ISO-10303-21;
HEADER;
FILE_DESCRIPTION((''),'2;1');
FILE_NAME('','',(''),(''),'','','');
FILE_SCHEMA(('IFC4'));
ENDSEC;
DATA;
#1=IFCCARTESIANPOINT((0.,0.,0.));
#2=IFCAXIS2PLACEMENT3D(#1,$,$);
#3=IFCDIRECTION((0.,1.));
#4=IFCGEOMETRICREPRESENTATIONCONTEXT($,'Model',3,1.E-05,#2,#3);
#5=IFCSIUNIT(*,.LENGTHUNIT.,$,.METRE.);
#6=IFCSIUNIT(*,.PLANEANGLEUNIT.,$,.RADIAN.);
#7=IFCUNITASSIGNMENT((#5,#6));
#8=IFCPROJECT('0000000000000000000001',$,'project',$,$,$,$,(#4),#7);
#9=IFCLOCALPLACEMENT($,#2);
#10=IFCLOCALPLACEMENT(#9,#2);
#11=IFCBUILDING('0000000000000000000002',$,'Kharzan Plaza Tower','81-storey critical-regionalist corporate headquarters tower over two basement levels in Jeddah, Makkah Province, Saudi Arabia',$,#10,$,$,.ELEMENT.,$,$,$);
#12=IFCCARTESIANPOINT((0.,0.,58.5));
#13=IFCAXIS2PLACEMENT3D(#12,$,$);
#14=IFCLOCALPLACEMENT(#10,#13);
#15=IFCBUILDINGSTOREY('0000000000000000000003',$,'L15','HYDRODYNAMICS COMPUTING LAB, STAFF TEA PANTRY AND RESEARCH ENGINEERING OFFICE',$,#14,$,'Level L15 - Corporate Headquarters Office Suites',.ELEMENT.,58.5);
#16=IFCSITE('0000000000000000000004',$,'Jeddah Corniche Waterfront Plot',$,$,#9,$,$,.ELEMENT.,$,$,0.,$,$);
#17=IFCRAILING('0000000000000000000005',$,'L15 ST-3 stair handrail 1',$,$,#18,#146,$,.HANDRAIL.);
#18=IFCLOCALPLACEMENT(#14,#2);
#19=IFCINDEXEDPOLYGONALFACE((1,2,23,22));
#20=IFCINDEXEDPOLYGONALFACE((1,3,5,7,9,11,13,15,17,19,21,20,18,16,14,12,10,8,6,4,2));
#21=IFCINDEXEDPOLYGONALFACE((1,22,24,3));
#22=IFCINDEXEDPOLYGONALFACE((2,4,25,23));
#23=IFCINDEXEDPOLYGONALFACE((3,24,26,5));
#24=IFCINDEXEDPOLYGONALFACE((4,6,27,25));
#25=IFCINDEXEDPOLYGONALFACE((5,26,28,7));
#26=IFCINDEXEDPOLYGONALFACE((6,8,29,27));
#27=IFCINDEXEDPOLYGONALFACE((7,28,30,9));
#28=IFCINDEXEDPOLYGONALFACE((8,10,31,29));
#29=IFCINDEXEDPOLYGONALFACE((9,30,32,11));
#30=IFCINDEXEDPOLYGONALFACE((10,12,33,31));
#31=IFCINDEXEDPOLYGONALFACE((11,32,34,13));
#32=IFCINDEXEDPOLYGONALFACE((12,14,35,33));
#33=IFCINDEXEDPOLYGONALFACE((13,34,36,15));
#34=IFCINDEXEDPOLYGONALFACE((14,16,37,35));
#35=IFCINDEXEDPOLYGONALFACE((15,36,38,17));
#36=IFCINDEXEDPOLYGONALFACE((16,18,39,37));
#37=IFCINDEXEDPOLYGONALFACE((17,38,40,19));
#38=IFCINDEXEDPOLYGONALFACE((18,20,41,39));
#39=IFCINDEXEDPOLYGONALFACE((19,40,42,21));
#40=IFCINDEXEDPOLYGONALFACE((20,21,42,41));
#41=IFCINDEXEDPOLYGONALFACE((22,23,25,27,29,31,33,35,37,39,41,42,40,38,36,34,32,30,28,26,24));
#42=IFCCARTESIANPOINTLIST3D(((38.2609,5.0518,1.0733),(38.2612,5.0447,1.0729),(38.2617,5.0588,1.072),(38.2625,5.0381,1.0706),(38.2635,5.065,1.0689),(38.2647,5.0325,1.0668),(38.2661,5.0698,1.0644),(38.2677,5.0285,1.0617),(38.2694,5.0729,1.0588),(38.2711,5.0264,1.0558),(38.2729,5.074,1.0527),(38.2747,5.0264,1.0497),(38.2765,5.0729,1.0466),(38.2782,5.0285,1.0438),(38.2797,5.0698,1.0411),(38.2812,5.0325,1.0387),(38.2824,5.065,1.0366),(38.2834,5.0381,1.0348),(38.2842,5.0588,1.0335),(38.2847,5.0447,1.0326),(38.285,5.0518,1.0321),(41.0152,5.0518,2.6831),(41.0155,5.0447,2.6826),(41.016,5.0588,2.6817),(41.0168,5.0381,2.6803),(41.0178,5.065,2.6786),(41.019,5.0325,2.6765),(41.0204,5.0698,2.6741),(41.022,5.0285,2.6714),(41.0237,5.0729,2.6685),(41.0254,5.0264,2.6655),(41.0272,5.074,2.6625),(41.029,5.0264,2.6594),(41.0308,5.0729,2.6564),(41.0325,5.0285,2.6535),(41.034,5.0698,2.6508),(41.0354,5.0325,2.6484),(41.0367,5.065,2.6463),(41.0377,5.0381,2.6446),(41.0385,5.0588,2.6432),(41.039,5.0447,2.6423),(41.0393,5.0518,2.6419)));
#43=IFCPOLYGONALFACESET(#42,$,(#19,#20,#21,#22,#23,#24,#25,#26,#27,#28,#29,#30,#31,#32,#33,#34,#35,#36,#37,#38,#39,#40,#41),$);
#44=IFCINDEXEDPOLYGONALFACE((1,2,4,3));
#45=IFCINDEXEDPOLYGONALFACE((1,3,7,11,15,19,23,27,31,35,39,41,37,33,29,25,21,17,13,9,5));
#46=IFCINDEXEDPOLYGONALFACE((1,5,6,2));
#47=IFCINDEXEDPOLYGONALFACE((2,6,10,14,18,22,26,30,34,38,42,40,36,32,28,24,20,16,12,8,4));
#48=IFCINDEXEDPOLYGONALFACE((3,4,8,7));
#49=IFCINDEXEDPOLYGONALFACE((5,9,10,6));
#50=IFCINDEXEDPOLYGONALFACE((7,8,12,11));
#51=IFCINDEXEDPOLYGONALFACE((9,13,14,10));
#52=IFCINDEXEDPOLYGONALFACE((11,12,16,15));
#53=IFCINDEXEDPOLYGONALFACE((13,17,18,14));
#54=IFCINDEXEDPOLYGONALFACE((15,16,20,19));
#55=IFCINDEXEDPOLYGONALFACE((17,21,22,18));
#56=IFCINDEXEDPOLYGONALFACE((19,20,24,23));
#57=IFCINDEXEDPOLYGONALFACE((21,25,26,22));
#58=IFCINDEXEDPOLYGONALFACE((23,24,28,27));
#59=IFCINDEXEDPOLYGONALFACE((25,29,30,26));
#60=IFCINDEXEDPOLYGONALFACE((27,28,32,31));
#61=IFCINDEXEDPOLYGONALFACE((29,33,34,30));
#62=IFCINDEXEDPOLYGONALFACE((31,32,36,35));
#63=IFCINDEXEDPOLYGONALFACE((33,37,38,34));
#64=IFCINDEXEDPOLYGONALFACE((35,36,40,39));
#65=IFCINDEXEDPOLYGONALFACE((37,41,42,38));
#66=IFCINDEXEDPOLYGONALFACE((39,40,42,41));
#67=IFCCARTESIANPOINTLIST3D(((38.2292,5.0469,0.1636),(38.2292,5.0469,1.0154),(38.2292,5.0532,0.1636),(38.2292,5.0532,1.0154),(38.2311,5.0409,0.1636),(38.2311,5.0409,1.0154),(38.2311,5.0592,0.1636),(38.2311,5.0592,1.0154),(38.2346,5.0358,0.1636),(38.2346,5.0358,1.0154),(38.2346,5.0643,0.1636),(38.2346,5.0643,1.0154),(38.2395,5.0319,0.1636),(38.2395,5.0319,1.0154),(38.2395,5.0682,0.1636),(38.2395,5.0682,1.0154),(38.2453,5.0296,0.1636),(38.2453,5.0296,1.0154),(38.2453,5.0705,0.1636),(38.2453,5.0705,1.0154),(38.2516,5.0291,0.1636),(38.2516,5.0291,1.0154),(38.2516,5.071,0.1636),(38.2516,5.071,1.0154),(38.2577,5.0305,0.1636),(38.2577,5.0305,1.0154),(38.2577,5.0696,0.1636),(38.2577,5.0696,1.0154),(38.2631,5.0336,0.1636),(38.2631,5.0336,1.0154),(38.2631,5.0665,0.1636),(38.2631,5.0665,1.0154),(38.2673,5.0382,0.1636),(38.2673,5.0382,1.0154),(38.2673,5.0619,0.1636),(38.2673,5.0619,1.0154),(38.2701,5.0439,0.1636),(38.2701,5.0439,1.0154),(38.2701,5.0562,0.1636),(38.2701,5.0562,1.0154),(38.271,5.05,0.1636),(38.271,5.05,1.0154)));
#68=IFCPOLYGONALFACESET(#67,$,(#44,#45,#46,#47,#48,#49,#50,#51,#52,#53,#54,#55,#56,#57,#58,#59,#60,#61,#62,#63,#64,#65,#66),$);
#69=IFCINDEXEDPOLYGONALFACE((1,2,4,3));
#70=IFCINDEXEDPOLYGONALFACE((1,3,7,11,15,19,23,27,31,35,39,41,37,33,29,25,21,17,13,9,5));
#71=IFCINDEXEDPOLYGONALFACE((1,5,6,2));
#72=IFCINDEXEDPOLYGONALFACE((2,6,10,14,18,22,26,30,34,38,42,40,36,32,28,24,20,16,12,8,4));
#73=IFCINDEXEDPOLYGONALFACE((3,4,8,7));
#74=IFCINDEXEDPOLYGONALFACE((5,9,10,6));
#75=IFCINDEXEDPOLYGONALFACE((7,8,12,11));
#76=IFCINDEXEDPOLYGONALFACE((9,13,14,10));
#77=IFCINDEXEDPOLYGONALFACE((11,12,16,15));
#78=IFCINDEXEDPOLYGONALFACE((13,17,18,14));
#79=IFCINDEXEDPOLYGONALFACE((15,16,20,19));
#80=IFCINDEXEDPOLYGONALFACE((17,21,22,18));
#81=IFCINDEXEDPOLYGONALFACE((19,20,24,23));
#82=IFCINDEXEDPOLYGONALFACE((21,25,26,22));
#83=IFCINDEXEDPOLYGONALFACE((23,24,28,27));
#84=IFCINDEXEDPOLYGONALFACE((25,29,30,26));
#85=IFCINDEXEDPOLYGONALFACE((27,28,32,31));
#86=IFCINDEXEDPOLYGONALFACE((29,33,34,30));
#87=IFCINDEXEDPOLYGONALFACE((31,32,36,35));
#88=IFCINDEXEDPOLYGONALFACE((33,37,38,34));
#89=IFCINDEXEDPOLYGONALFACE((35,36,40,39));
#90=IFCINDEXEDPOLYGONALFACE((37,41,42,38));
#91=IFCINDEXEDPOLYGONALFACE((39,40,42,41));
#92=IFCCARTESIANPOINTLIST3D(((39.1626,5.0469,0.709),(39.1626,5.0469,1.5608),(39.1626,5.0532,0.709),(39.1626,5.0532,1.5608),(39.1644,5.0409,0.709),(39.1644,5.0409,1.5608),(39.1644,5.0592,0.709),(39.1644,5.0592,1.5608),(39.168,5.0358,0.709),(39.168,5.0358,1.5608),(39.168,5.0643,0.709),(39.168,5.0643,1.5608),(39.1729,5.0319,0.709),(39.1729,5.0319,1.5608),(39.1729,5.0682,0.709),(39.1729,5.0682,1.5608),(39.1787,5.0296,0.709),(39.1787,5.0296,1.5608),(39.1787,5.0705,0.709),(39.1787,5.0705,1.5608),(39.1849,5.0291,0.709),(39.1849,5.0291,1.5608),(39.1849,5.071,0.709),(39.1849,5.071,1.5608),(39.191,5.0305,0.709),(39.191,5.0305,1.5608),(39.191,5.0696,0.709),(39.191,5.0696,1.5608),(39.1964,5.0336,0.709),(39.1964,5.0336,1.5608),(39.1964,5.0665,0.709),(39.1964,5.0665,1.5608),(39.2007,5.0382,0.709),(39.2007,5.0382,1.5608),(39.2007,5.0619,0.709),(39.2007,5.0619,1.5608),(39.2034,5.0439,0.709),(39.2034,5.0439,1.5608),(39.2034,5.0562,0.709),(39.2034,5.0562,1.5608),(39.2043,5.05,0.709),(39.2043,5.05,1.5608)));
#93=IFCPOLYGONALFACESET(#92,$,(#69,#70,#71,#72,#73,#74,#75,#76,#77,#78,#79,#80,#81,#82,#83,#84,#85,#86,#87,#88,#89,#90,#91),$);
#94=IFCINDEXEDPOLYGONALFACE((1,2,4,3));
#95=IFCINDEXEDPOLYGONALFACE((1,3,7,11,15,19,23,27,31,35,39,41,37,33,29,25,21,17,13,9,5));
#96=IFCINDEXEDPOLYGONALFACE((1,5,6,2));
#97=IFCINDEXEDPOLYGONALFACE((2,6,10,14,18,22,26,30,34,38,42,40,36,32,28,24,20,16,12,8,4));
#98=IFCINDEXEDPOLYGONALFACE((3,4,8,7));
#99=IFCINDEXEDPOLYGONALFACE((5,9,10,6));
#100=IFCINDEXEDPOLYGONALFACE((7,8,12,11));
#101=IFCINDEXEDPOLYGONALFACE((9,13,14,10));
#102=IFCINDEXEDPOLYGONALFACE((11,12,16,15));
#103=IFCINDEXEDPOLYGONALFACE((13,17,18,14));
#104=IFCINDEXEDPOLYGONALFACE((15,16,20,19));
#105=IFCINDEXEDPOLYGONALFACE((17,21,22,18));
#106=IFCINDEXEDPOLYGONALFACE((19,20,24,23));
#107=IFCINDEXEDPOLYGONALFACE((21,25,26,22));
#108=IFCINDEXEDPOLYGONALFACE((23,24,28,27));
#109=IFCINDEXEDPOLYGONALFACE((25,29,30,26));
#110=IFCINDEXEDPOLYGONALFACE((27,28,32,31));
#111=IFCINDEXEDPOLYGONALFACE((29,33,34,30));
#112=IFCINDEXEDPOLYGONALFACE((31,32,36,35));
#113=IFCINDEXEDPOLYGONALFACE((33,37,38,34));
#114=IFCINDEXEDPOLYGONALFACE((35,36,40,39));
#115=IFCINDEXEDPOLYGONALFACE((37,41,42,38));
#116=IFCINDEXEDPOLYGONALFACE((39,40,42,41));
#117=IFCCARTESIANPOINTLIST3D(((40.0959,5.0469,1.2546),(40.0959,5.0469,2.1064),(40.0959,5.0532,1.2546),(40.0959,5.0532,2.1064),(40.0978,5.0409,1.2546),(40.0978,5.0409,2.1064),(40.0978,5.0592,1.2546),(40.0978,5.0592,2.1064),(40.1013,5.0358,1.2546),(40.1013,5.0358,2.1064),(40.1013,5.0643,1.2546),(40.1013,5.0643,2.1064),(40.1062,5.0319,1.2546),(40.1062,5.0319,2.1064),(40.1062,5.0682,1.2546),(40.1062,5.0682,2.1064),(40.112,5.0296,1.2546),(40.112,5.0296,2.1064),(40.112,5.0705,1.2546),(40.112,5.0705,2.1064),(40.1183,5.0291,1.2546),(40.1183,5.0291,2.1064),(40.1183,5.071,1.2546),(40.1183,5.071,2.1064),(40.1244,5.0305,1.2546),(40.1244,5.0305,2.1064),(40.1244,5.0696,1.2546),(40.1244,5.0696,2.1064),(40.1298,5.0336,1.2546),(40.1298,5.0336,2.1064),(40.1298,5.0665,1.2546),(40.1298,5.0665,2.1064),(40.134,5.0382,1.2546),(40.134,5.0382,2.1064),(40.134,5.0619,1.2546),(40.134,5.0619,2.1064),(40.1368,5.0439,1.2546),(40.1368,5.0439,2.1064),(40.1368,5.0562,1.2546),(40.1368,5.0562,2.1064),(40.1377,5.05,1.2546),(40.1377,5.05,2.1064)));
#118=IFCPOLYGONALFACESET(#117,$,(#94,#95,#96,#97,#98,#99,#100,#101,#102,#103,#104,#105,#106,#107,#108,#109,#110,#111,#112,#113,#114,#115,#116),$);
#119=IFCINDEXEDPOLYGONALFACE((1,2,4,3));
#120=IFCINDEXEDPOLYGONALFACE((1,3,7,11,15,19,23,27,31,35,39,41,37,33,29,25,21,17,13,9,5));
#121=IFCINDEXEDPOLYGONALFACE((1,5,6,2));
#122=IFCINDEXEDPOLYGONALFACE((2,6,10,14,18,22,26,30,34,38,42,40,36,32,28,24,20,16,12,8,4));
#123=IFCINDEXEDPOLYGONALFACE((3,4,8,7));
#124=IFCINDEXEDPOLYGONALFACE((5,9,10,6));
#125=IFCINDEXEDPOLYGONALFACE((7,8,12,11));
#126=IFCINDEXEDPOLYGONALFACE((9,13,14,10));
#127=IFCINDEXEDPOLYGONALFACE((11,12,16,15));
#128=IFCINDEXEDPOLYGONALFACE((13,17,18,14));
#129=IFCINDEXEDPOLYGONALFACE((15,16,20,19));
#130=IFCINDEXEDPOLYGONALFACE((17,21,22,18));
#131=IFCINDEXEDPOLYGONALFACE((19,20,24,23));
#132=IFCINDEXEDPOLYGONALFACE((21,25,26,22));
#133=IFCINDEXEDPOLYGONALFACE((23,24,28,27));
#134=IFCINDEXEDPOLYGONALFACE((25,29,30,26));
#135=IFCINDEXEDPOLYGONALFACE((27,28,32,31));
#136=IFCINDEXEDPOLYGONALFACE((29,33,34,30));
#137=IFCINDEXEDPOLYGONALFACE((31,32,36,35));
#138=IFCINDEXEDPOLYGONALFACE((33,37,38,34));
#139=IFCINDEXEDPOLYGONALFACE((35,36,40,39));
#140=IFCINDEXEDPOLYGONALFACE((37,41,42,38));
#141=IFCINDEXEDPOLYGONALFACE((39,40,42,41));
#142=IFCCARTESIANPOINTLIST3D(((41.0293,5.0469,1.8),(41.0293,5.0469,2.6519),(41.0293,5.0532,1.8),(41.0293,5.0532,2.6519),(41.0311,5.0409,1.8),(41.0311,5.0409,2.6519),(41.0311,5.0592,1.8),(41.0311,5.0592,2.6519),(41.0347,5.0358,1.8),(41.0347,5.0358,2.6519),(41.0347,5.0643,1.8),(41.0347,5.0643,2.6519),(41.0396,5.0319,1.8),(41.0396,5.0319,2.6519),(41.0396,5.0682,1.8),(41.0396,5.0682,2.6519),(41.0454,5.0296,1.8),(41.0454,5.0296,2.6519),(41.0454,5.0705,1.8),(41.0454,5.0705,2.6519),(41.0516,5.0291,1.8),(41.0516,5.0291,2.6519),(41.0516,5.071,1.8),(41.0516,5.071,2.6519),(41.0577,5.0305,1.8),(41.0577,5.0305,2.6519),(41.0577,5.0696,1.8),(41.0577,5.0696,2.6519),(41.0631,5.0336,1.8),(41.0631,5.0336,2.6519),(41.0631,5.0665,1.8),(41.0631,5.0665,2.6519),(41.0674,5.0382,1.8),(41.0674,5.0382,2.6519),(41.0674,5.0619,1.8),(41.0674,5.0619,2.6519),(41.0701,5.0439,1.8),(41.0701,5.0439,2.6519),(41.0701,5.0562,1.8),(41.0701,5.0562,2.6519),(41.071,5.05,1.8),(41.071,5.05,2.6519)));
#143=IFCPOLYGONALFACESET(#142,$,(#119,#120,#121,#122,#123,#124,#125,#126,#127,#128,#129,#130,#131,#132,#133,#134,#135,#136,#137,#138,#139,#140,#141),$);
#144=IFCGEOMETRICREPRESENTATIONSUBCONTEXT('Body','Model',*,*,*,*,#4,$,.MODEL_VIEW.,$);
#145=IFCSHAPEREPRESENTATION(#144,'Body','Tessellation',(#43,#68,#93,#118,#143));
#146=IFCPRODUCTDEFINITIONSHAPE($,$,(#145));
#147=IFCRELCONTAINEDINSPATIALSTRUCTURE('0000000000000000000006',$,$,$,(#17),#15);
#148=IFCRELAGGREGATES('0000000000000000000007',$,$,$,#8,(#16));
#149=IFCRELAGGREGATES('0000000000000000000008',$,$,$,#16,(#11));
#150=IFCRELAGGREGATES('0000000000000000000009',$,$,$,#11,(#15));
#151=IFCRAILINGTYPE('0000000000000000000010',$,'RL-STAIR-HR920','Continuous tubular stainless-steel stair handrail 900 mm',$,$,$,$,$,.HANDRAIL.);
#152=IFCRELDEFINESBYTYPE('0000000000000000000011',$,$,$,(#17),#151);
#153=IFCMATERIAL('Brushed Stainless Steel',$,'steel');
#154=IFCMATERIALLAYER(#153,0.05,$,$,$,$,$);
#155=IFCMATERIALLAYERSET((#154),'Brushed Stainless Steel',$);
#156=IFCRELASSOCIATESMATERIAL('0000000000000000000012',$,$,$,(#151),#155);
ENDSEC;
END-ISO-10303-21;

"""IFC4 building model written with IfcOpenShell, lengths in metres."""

from ifc_helpers import new_model, si_unit, direction, frame, origin, origin_2d, place, context, subcontext, project, spatial, circle, extrude, source, transform, mapped, material, layer, layer_set, type_object, element, save


model = new_model("IFC4")

# Units and contexts
model_context = context("Model", 3, precision=1e-05, world=origin(), true_north=direction((0.0, 1.0)))
body_context = subcontext(model_context, "Body", "Model", "MODEL_VIEW")
ifc_project = project(units=[si_unit("LENGTHUNIT", "METRE"), si_unit("PLANEANGLEUNIT", "RADIAN")], contexts=[model_context])

# Site, building, storey
site_placement = place(None, origin())
site = spatial("IfcSite", under=ifc_project, at=site_placement, Name="Jeddah Corniche Waterfront Plot", CompositionType="ELEMENT", RefElevation=0.0)
building_placement = place(site_placement, origin())
building = spatial("IfcBuilding", under=site, at=building_placement, Name="Kharzan Plaza Tower", Description="81-storey critical-regionalist corporate headquarters tower over two basement levels in Jeddah, Makkah Province, Saudi Arabia", CompositionType="ELEMENT")
storey_placement = place(building_placement, frame((0.0, 0.0, 58.5)))
storey = spatial("IfcBuildingStorey", under=building, at=storey_placement, Name="L15", Description="HYDRODYNAMICS COMPUTING LAB, STAFF TEA PANTRY AND RESEARCH ENGINEERING OFFICE", LongName="Level L15 - Corporate Headquarters Office Suites", CompositionType="ELEMENT", Elevation=58.5)

# Shared definitions
ifc_material_1 = material(Name="Brushed Stainless Steel", Category="steel")

# Railing
ifc_layer_1 = layer(ifc_material_1, 0.05)
ifc_layer_set_1 = layer_set([ifc_layer_1], Name="Brushed Stainless Steel")
railing_type_1 = type_object("IfcRailingType", Name="RL-STAIR-HR920", Description="Continuous tubular stainless-steel stair handrail 900 mm", PredefinedType="HANDRAIL", material=ifc_layer_set_1)
shared_shape_1 = source(origin(), body_context, "Body", "SweptSolid", [
    extrude(circle(Radius=0.0239, at=origin_2d()), frame((0.0229, 0.0, 0.8892), z_axis=(0.863361, 0.0, 0.504587), x_axis=(0.0, 1.0, 0.0)), (0.0, 0.0, 1.0), 3.1902),
    extrude(circle(Radius=0.021, at=origin_2d()), origin(), (0.0, 0.0, 1.0), 0.8518),
    extrude(circle(Radius=0.021, at=origin_2d()), frame((0.9333, 0.0, 0.5454)), (0.0, 0.0, 1.0), 0.8518),
    extrude(circle(Radius=0.021, at=origin_2d()), frame((1.8667, 0.0, 1.0911)), (0.0, 0.0, 1.0), 0.8518),
    extrude(circle(Radius=0.021, at=origin_2d()), frame((2.8, 0.0, 1.6365)), (0.0, 0.0, 1.0), 0.8518),
])
railing_1_placement = place(storey_placement, frame((38.25, 5.05, 0.1636)))
element("IfcRailing", 1, at=railing_1_placement, inside=storey, type_object=railing_type_1, Name="L15 ST-3 stair handrail 1", PredefinedType="HANDRAIL", context=body_context, shape_type="MappedRepresentation", body=[
    mapped(shared_shape_1, transform((0.0, 0.0, 0.0), x_axis=(1.0, 0.0, 0.0), y_axis=(0.0, 1.0, 0.0), z_axis=(0.0, 0.0, 1.0))),
])

save(model, "model.ifc")
